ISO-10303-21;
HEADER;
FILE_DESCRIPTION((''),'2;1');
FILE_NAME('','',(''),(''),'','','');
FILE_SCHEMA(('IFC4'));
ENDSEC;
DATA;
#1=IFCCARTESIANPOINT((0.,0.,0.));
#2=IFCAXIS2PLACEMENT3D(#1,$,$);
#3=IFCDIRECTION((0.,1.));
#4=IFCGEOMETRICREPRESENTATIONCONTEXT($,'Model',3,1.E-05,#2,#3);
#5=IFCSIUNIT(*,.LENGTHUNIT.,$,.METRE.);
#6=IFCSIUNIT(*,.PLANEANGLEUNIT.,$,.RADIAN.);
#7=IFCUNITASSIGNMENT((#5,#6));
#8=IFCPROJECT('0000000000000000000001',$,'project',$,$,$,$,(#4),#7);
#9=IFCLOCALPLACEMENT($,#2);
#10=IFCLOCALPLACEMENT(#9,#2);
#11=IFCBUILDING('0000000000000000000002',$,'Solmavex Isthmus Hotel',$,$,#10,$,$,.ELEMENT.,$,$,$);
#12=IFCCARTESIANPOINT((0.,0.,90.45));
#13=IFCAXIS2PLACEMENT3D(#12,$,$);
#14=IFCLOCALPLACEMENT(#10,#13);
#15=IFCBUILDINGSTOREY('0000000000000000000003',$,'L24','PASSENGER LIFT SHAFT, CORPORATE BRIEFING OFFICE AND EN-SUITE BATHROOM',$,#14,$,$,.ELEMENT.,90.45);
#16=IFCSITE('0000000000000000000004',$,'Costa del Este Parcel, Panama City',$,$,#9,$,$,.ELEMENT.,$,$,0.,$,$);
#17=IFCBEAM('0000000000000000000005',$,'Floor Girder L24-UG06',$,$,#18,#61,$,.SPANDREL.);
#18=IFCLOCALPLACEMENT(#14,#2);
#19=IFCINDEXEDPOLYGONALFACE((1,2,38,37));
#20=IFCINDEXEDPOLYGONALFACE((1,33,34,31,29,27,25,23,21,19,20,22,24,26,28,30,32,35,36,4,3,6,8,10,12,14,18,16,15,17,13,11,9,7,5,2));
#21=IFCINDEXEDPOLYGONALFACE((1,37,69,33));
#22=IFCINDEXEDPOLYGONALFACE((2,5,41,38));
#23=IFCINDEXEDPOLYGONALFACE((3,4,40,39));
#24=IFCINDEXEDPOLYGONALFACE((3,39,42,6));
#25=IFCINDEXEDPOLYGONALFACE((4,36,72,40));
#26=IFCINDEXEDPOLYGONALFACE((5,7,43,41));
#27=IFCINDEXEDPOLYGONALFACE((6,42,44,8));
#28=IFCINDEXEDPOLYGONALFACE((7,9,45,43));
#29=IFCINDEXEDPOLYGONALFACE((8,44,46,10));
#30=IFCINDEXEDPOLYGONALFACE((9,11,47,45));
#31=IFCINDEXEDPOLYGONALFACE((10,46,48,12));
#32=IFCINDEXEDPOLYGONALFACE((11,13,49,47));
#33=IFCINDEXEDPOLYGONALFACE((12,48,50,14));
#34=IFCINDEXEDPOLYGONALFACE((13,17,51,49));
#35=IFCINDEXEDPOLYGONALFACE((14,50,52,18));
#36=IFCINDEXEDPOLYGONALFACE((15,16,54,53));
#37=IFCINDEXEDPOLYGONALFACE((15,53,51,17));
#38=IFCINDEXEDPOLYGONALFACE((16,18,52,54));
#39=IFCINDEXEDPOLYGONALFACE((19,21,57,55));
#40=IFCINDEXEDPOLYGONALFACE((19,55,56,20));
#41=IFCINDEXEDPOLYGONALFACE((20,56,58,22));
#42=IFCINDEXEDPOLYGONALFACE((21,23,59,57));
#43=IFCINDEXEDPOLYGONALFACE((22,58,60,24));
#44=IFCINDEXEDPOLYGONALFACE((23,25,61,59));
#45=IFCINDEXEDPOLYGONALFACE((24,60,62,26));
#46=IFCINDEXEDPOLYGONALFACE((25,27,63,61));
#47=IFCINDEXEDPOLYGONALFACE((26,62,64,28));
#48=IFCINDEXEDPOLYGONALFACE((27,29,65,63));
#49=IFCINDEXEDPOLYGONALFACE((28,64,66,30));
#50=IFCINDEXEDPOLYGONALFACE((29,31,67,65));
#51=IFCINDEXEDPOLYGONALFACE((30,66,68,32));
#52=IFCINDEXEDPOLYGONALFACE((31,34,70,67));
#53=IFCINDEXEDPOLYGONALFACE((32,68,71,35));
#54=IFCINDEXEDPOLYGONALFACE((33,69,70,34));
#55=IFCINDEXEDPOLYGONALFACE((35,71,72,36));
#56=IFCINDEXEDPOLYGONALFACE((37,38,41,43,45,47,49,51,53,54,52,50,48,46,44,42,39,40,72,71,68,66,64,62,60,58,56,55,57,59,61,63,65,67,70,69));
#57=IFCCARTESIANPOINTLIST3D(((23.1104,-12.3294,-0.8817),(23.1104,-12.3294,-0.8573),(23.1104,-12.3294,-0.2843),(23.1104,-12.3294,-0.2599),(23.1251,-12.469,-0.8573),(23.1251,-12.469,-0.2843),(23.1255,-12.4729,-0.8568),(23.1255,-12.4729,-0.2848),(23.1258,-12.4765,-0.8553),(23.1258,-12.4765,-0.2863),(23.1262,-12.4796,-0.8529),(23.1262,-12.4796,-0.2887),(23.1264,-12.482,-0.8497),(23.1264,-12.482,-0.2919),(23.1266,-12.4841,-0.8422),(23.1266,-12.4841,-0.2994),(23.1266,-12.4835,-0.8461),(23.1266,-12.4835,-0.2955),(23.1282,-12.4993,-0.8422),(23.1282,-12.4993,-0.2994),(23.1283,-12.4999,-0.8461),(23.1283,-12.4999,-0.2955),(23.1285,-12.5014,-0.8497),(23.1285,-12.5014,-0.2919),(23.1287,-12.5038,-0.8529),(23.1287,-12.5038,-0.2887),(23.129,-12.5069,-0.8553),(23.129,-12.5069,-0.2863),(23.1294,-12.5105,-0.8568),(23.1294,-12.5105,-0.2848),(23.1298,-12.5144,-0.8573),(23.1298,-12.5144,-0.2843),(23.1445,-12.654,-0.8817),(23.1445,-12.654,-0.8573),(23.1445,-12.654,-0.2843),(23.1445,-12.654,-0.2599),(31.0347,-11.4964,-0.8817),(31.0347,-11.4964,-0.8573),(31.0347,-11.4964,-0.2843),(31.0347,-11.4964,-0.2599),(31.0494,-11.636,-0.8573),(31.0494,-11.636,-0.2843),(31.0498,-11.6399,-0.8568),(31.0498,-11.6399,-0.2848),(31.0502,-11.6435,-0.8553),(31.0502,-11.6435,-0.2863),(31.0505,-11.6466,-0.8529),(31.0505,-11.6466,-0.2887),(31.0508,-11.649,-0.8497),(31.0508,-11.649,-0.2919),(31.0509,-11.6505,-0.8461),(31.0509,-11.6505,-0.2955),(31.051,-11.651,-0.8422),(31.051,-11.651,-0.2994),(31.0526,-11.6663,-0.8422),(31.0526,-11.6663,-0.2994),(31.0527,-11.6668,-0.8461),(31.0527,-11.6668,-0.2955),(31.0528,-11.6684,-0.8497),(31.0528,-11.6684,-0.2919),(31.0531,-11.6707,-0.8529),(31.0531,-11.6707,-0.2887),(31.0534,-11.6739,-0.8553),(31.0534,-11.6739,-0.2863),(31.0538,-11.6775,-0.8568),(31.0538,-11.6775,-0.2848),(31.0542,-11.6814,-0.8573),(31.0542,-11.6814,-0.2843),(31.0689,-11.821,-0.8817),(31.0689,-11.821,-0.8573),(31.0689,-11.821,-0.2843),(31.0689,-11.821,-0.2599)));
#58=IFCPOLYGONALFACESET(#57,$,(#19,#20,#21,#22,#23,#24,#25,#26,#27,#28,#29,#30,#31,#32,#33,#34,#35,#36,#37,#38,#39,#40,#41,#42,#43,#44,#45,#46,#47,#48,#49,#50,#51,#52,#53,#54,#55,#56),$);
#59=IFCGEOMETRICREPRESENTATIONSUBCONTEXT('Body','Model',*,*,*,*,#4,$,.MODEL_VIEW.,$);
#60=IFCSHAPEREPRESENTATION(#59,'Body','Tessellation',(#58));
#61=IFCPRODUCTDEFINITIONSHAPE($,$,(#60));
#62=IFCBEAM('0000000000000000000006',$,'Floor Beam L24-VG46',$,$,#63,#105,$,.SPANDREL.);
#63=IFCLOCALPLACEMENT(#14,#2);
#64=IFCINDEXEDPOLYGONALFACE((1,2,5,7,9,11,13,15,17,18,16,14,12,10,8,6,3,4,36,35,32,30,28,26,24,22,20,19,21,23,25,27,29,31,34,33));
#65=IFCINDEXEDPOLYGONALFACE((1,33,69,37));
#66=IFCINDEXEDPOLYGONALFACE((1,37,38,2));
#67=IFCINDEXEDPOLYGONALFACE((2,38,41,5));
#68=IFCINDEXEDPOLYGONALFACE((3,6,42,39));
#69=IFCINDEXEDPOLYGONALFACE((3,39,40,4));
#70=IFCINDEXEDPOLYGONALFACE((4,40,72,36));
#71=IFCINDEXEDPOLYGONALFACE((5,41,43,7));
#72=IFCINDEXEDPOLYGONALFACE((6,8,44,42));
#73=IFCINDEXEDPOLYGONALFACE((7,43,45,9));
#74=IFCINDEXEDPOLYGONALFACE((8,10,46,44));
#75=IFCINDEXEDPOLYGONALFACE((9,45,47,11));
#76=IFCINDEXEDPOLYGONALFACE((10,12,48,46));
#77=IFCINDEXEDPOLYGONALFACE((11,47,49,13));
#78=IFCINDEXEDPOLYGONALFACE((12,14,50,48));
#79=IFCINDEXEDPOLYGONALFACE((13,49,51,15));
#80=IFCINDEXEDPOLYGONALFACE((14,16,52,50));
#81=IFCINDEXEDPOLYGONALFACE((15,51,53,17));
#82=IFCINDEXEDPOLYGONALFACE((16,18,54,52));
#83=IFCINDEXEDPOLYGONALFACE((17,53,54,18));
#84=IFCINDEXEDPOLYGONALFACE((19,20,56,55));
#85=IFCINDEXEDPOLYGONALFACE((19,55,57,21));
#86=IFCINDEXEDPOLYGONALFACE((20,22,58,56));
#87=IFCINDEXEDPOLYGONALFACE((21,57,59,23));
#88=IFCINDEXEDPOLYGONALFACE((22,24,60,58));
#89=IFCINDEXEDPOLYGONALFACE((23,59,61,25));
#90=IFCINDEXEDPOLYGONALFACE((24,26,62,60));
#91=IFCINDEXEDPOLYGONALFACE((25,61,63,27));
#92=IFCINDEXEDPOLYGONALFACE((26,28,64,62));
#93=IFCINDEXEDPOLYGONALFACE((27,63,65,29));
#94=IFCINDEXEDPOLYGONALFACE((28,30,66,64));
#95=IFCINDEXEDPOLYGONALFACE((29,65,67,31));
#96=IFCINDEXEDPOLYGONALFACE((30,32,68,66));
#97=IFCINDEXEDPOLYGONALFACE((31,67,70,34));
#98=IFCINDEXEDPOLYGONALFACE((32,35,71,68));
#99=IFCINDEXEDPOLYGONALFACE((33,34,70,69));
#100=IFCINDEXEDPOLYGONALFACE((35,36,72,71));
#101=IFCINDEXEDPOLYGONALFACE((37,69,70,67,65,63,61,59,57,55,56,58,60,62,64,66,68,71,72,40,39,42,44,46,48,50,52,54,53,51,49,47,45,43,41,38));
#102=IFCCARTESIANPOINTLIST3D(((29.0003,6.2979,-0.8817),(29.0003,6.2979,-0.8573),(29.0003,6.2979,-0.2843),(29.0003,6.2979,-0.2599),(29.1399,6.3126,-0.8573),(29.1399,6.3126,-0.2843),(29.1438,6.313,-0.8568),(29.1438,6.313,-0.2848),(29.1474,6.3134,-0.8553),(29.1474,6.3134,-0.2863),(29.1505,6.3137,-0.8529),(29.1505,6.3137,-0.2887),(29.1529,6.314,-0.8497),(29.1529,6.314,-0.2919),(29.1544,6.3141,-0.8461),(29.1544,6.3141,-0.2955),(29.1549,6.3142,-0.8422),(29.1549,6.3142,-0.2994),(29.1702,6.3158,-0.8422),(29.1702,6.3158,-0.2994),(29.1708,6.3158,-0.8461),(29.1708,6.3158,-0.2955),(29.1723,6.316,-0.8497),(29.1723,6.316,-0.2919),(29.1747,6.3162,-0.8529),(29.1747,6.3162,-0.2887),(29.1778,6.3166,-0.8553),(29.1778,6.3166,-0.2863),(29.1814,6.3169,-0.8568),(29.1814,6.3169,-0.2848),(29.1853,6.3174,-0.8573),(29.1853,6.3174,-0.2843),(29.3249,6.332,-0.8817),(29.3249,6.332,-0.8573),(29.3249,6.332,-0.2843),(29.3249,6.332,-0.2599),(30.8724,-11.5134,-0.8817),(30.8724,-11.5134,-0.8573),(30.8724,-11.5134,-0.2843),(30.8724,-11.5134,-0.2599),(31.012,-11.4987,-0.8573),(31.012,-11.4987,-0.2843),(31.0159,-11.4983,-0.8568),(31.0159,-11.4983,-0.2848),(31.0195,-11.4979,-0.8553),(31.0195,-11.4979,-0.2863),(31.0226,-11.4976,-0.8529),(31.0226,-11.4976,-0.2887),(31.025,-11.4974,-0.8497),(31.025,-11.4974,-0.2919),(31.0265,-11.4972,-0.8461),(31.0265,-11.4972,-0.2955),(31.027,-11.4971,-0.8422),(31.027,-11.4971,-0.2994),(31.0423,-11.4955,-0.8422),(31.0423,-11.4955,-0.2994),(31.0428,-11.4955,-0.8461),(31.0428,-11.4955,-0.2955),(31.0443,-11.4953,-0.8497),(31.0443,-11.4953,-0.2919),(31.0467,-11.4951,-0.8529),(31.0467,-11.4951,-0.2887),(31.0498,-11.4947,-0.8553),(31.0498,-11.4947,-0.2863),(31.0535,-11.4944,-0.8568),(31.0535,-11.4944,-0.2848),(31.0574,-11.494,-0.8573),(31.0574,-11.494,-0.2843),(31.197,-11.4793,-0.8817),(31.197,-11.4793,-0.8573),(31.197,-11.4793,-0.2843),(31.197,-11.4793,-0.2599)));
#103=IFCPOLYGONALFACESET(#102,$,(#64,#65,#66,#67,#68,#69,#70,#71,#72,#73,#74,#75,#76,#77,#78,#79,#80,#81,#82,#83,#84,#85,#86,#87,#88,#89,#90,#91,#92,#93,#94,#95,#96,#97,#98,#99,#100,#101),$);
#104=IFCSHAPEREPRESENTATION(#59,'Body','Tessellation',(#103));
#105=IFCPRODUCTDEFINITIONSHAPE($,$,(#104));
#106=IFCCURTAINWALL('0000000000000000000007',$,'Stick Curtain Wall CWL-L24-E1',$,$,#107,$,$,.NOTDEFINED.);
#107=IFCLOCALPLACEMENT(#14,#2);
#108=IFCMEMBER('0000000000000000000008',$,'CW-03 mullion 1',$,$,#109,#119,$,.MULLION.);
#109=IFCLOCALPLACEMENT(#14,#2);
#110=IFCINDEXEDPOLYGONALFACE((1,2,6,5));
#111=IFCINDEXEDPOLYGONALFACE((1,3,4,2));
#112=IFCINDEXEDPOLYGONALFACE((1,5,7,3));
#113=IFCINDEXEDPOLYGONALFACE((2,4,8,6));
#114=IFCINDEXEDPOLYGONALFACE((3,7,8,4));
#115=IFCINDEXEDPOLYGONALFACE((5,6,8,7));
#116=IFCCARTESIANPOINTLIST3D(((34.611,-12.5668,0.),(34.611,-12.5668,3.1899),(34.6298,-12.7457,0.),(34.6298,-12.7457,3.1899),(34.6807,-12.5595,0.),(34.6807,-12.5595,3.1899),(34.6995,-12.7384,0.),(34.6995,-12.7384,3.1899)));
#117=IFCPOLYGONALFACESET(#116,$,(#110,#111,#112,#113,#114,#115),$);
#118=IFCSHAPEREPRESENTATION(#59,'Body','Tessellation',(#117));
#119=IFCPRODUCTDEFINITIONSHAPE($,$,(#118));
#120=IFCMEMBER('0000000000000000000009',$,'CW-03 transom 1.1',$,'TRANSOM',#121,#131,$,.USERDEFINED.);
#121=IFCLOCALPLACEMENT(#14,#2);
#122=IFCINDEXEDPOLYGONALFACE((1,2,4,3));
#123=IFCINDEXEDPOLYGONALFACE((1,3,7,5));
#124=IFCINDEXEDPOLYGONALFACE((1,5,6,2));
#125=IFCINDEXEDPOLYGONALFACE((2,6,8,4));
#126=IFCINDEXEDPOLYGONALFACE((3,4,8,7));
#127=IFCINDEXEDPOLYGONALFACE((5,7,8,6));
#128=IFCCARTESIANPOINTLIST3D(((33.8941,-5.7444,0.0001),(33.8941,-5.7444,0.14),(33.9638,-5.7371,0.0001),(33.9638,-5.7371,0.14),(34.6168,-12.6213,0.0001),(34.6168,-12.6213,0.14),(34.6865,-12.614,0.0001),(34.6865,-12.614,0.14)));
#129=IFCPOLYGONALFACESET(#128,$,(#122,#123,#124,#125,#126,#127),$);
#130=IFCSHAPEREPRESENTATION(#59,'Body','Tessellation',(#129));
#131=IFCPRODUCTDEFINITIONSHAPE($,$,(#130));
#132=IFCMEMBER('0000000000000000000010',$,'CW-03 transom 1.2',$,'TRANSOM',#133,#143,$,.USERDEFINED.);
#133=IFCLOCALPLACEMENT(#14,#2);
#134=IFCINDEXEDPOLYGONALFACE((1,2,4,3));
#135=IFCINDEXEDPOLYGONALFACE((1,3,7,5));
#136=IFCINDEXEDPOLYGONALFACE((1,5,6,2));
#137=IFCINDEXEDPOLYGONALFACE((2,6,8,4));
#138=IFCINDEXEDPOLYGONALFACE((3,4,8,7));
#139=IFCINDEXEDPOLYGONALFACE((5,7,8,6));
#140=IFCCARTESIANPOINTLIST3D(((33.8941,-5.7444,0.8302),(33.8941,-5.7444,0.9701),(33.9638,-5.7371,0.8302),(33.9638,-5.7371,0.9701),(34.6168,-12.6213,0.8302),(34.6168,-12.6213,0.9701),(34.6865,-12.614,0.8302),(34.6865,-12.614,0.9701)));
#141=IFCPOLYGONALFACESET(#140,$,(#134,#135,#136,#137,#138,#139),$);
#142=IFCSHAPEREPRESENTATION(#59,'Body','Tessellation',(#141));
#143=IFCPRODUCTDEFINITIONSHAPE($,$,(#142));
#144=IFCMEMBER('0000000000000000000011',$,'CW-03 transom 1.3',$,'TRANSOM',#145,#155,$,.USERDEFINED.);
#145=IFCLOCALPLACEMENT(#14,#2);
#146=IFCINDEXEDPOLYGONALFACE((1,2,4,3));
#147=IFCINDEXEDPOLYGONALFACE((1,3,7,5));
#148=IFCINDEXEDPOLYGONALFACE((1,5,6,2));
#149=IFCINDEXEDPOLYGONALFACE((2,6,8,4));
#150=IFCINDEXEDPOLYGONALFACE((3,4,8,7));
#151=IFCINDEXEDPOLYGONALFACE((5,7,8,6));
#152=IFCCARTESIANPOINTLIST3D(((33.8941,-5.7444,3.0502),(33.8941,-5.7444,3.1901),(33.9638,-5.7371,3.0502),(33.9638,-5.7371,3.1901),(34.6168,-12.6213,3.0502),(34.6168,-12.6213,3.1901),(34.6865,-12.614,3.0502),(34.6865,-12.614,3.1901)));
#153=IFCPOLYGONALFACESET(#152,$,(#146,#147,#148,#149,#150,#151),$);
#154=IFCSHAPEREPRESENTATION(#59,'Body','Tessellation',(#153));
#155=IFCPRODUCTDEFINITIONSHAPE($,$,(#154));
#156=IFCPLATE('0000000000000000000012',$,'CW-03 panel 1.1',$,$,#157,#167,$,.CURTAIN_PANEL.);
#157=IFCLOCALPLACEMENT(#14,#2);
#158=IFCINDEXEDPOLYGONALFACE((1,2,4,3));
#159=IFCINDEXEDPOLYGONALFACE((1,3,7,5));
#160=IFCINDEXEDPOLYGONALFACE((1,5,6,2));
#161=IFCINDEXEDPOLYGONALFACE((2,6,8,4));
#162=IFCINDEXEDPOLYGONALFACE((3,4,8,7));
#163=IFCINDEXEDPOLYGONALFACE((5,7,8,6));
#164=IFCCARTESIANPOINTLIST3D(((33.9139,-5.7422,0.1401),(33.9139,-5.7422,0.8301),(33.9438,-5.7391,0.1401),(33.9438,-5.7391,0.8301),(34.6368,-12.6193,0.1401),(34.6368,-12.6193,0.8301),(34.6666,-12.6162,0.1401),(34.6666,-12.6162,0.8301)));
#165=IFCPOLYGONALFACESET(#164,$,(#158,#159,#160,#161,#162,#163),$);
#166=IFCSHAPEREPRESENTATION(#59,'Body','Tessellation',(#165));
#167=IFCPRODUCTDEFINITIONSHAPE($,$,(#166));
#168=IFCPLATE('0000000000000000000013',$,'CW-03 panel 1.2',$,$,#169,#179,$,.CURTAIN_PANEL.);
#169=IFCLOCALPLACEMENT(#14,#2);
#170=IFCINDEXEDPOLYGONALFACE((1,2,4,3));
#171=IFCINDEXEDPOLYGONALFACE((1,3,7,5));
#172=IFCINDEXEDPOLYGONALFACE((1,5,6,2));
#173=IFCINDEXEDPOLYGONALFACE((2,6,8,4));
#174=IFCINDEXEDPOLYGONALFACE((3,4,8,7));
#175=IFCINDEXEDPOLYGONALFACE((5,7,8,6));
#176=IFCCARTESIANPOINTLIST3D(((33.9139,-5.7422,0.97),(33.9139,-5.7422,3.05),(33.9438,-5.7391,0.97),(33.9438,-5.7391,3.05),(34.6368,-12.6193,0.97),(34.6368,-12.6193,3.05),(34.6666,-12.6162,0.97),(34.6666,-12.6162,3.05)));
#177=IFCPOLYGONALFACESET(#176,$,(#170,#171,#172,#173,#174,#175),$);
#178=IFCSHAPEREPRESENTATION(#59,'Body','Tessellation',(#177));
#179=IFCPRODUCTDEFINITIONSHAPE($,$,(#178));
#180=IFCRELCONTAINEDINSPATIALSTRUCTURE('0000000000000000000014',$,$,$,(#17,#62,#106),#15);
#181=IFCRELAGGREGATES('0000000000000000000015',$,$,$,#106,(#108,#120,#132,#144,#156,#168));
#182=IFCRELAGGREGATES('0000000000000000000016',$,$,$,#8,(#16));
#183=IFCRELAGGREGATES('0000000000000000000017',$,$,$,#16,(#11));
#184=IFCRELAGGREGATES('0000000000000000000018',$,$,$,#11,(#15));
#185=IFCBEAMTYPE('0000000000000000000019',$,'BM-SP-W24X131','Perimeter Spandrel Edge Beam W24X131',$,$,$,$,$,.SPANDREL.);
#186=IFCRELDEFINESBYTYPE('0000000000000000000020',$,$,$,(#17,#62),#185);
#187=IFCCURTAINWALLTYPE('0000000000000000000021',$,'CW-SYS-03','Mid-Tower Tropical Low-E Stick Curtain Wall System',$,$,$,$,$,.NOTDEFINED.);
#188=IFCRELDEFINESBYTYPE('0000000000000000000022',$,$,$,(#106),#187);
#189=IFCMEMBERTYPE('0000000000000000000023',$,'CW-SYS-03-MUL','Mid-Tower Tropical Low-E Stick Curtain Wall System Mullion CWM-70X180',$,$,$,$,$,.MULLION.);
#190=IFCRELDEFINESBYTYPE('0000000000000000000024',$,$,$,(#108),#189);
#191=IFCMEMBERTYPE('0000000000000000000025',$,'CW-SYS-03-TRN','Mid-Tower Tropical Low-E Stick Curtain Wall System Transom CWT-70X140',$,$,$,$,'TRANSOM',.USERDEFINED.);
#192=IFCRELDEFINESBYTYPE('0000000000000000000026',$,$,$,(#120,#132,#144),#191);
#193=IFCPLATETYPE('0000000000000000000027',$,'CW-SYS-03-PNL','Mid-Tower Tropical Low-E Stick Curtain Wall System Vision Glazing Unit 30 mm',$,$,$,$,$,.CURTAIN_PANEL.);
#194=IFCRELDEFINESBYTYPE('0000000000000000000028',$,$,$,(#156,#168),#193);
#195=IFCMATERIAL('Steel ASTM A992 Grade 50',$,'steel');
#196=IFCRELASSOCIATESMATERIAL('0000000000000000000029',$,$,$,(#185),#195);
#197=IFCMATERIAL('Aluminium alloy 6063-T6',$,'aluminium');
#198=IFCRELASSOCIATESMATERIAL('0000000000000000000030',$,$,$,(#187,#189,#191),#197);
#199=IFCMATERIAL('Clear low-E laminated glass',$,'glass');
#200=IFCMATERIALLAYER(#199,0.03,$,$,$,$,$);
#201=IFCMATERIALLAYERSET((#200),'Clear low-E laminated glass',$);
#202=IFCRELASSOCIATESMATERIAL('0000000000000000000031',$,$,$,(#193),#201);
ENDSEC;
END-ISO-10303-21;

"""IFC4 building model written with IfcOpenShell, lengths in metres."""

from ifc_helpers import new_model, si_unit, direction, frame, origin, origin_2d, place, context, subcontext, project, spatial, rectangle, i_section, extrude, material, layer, layer_set, material_profile, profile_set, type_object, element, aggregate, save


model = new_model("IFC4")

# Units and contexts
model_context = context("Model", 3, precision=1e-05, world=origin(), true_north=direction((0.0, 1.0)))
body_context = subcontext(model_context, "Body", "Model", "MODEL_VIEW")
ifc_project = project(units=[si_unit("LENGTHUNIT", "METRE"), si_unit("PLANEANGLEUNIT", "RADIAN")], contexts=[model_context])

# Site, building, storey
site_placement = place(None, origin())
site = spatial("IfcSite", under=ifc_project, at=site_placement, Name="Costa del Este Parcel, Panama City", CompositionType="ELEMENT", RefElevation=0.0)
building_placement = place(site_placement, origin())
building = spatial("IfcBuilding", under=site, at=building_placement, Name="Solmavex Isthmus Hotel", CompositionType="ELEMENT")
storey_placement = place(building_placement, frame((0.0, 0.0, 90.45)))
storey = spatial("IfcBuildingStorey", under=building, at=storey_placement, Name="L24", Description="PASSENGER LIFT SHAFT, CORPORATE BRIEFING OFFICE AND EN-SUITE BATHROOM", CompositionType="ELEMENT", Elevation=90.45)

# Beams
ifc_material_1 = material(Name="Steel ASTM A992 Grade 50", Category="steel")
ifc_material_profile_1 = material_profile(ifc_material_1, i_section(OverallWidth=0.3264, OverallDepth=0.6218, WebThickness=0.0154, FlangeThickness=0.0244, FilletRadius=0.0151, at=origin_2d()), Name="W24X131")
ifc_profile_set_1 = profile_set([ifc_material_profile_1], Name="Steel ASTM A992 Grade 50")
beam_type_1 = type_object("IfcBeamType", Name="BM-SP-W24X131", Description="Perimeter Spandrel Edge Beam W24X131", PredefinedType="SPANDREL", material=ifc_profile_set_1)
beam_1_placement = place(storey_placement, frame((23.1274, -12.4917, -0.5708), z_axis=(0.99452, 0.104544, 0.0), x_axis=(-0.104544, 0.99452, 0.0)))
element("IfcBeam", 1, at=beam_1_placement, inside=storey, type_object=beam_type_1, Name="Floor Girder L24-UG06", PredefinedType="SPANDREL", context=body_context, shape_type="SweptSolid", body=[
    extrude(i_section(OverallWidth=0.3264, OverallDepth=0.6218, WebThickness=0.0154, FlangeThickness=0.0244, FilletRadius=0.0151, at=origin_2d()), origin(), (0.0, 0.0, 1.0), 7.968),
])
beam_2_placement = place(storey_placement, frame((31.0347, -11.4963, -0.5708), z_axis=(-0.10453, 0.994522, 0.0), x_axis=(-0.994522, -0.10453, 0.0)))
element("IfcBeam", 2, at=beam_2_placement, inside=storey, type_object=beam_type_1, Name="Floor Beam L24-VG46", PredefinedType="SPANDREL", context=body_context, shape_type="SweptSolid", body=[
    extrude(i_section(OverallWidth=0.3264, OverallDepth=0.6218, WebThickness=0.0154, FlangeThickness=0.0244, FilletRadius=0.0151, at=origin_2d()), origin(), (0.0, 0.0, 1.0), 17.9094),
])

# Curtain wall, members, plates
ifc_material_2 = material(Name="Aluminium alloy 6063-T6", Category="aluminium")
curtain_wall_type = type_object("IfcCurtainWallType", Name="CW-SYS-03", Description="Mid-Tower Tropical Low-E Stick Curtain Wall System", PredefinedType="NOTDEFINED", material=ifc_material_2)
curtain_wall_placement = place(storey_placement, origin())
curtain_wall = element("IfcCurtainWall", 3, at=curtain_wall_placement, inside=storey, type_object=curtain_wall_type, Name="Stick Curtain Wall CWL-L24-E1", PredefinedType="NOTDEFINED")
ifc_material_profile_2 = material_profile(ifc_material_2, rectangle(XDim=0.0701, YDim=0.1799, at=origin_2d()), Name="CWM-70X180")
ifc_profile_set_2 = profile_set([ifc_material_profile_2], Name="Aluminium alloy 6063-T6")
member_type_1 = type_object("IfcMemberType", Name="CW-SYS-03-MUL", Description="Mid-Tower Tropical Low-E Stick Curtain Wall System Mullion CWM-70X180", PredefinedType="MULLION", material=ifc_profile_set_2)
member_1_placement = place(storey_placement, frame((34.6553, -12.6526, 0.0), z_axis=(0.0, 0.0, 1.0), x_axis=(-0.994522, -0.104528, 0.0)))
member_1 = element("IfcMember", 4, at=member_1_placement, type_object=member_type_1, Name="CW-03 mullion 1", PredefinedType="MULLION", context=body_context, shape_type="SweptSolid", body=[
    extrude(rectangle(XDim=0.0701, YDim=0.1799, at=origin_2d()), origin(), (0.0, 0.0, 1.0), 3.1899),
])
ifc_material_profile_3 = material_profile(ifc_material_2, rectangle(XDim=0.0701, YDim=0.1399, at=origin_2d()), Name="CWT-70X140")
ifc_profile_set_3 = profile_set([ifc_material_profile_3], Name="Aluminium alloy 6063-T6")
member_type_2 = type_object("IfcMemberType", Name="CW-SYS-03-TRN", Description="Mid-Tower Tropical Low-E Stick Curtain Wall System Transom CWT-70X140", ElementType="TRANSOM", PredefinedType="USERDEFINED", material=ifc_profile_set_3)
member_2_placement = place(storey_placement, frame((34.6516, -12.6177, 0.0701), z_axis=(-0.104508, 0.994524, 0.0), x_axis=(-0.994524, -0.104508, 0.0)))
member_2 = element("IfcMember", 5, at=member_2_placement, type_object=member_type_2, Name="CW-03 transom 1.1", ObjectType="TRANSOM", PredefinedType="USERDEFINED", context=body_context, shape_type="SweptSolid", body=[
    extrude(rectangle(XDim=0.0701, YDim=0.1399, at=origin_2d()), origin(), (0.0, 0.0, 1.0), 6.9148),
])
member_3_placement = place(storey_placement, frame((34.6516, -12.6177, 0.9001), z_axis=(-0.104508, 0.994524, 0.0), x_axis=(-0.994524, -0.104508, 0.0)))
member_3 = element("IfcMember", 6, at=member_3_placement, type_object=member_type_2, Name="CW-03 transom 1.2", ObjectType="TRANSOM", PredefinedType="USERDEFINED", context=body_context, shape_type="SweptSolid", body=[
    extrude(rectangle(XDim=0.0701, YDim=0.1399, at=origin_2d()), origin(), (0.0, 0.0, 1.0), 6.9148),
])
member_4_placement = place(storey_placement, frame((34.6516, -12.6177, 3.1201), z_axis=(-0.104508, 0.994524, 0.0), x_axis=(-0.994524, -0.104508, 0.0)))
member_4 = element("IfcMember", 7, at=member_4_placement, type_object=member_type_2, Name="CW-03 transom 1.3", ObjectType="TRANSOM", PredefinedType="USERDEFINED", context=body_context, shape_type="SweptSolid", body=[
    extrude(rectangle(XDim=0.0701, YDim=0.1399, at=origin_2d()), origin(), (0.0, 0.0, 1.0), 6.9148),
])
ifc_material_3 = material(Name="Clear low-E laminated glass", Category="glass")
ifc_layer_1 = layer(ifc_material_3, 0.03)
ifc_layer_set_1 = layer_set([ifc_layer_1], Name="Clear low-E laminated glass")
plate_type = type_object("IfcPlateType", Name="CW-SYS-03-PNL", Description="Mid-Tower Tropical Low-E Stick Curtain Wall System Vision Glazing Unit 30 mm", PredefinedType="CURTAIN_PANEL", material=ifc_layer_set_1)
plate_1_placement = place(storey_placement, frame((34.2903, -9.1792, 0.1401), z_axis=(0.0, 0.0, 1.0), x_axis=(-0.104528, 0.994522, 0.0)))
plate_1 = element("IfcPlate", 8, at=plate_1_placement, type_object=plate_type, Name="CW-03 panel 1.1", PredefinedType="CURTAIN_PANEL", context=body_context, shape_type="SweptSolid", body=[
    extrude(rectangle(XDim=6.915, YDim=0.03, at=origin_2d()), origin(), (0.0, 0.0, 1.0), 0.6899),
])
plate_2_placement = place(storey_placement, frame((34.2903, -9.1792, 0.97), z_axis=(0.0, 0.0, 1.0), x_axis=(-0.104528, 0.994522, 0.0)))
plate_2 = element("IfcPlate", 9, at=plate_2_placement, type_object=plate_type, Name="CW-03 panel 1.2", PredefinedType="CURTAIN_PANEL", context=body_context, shape_type="SweptSolid", body=[
    extrude(rectangle(XDim=6.915, YDim=0.03, at=origin_2d()), origin(), (0.0, 0.0, 1.0), 2.0801),
])
aggregate(curtain_wall, [member_1, member_2, member_3, member_4, plate_1, plate_2])

save(model, "model.ifc")
